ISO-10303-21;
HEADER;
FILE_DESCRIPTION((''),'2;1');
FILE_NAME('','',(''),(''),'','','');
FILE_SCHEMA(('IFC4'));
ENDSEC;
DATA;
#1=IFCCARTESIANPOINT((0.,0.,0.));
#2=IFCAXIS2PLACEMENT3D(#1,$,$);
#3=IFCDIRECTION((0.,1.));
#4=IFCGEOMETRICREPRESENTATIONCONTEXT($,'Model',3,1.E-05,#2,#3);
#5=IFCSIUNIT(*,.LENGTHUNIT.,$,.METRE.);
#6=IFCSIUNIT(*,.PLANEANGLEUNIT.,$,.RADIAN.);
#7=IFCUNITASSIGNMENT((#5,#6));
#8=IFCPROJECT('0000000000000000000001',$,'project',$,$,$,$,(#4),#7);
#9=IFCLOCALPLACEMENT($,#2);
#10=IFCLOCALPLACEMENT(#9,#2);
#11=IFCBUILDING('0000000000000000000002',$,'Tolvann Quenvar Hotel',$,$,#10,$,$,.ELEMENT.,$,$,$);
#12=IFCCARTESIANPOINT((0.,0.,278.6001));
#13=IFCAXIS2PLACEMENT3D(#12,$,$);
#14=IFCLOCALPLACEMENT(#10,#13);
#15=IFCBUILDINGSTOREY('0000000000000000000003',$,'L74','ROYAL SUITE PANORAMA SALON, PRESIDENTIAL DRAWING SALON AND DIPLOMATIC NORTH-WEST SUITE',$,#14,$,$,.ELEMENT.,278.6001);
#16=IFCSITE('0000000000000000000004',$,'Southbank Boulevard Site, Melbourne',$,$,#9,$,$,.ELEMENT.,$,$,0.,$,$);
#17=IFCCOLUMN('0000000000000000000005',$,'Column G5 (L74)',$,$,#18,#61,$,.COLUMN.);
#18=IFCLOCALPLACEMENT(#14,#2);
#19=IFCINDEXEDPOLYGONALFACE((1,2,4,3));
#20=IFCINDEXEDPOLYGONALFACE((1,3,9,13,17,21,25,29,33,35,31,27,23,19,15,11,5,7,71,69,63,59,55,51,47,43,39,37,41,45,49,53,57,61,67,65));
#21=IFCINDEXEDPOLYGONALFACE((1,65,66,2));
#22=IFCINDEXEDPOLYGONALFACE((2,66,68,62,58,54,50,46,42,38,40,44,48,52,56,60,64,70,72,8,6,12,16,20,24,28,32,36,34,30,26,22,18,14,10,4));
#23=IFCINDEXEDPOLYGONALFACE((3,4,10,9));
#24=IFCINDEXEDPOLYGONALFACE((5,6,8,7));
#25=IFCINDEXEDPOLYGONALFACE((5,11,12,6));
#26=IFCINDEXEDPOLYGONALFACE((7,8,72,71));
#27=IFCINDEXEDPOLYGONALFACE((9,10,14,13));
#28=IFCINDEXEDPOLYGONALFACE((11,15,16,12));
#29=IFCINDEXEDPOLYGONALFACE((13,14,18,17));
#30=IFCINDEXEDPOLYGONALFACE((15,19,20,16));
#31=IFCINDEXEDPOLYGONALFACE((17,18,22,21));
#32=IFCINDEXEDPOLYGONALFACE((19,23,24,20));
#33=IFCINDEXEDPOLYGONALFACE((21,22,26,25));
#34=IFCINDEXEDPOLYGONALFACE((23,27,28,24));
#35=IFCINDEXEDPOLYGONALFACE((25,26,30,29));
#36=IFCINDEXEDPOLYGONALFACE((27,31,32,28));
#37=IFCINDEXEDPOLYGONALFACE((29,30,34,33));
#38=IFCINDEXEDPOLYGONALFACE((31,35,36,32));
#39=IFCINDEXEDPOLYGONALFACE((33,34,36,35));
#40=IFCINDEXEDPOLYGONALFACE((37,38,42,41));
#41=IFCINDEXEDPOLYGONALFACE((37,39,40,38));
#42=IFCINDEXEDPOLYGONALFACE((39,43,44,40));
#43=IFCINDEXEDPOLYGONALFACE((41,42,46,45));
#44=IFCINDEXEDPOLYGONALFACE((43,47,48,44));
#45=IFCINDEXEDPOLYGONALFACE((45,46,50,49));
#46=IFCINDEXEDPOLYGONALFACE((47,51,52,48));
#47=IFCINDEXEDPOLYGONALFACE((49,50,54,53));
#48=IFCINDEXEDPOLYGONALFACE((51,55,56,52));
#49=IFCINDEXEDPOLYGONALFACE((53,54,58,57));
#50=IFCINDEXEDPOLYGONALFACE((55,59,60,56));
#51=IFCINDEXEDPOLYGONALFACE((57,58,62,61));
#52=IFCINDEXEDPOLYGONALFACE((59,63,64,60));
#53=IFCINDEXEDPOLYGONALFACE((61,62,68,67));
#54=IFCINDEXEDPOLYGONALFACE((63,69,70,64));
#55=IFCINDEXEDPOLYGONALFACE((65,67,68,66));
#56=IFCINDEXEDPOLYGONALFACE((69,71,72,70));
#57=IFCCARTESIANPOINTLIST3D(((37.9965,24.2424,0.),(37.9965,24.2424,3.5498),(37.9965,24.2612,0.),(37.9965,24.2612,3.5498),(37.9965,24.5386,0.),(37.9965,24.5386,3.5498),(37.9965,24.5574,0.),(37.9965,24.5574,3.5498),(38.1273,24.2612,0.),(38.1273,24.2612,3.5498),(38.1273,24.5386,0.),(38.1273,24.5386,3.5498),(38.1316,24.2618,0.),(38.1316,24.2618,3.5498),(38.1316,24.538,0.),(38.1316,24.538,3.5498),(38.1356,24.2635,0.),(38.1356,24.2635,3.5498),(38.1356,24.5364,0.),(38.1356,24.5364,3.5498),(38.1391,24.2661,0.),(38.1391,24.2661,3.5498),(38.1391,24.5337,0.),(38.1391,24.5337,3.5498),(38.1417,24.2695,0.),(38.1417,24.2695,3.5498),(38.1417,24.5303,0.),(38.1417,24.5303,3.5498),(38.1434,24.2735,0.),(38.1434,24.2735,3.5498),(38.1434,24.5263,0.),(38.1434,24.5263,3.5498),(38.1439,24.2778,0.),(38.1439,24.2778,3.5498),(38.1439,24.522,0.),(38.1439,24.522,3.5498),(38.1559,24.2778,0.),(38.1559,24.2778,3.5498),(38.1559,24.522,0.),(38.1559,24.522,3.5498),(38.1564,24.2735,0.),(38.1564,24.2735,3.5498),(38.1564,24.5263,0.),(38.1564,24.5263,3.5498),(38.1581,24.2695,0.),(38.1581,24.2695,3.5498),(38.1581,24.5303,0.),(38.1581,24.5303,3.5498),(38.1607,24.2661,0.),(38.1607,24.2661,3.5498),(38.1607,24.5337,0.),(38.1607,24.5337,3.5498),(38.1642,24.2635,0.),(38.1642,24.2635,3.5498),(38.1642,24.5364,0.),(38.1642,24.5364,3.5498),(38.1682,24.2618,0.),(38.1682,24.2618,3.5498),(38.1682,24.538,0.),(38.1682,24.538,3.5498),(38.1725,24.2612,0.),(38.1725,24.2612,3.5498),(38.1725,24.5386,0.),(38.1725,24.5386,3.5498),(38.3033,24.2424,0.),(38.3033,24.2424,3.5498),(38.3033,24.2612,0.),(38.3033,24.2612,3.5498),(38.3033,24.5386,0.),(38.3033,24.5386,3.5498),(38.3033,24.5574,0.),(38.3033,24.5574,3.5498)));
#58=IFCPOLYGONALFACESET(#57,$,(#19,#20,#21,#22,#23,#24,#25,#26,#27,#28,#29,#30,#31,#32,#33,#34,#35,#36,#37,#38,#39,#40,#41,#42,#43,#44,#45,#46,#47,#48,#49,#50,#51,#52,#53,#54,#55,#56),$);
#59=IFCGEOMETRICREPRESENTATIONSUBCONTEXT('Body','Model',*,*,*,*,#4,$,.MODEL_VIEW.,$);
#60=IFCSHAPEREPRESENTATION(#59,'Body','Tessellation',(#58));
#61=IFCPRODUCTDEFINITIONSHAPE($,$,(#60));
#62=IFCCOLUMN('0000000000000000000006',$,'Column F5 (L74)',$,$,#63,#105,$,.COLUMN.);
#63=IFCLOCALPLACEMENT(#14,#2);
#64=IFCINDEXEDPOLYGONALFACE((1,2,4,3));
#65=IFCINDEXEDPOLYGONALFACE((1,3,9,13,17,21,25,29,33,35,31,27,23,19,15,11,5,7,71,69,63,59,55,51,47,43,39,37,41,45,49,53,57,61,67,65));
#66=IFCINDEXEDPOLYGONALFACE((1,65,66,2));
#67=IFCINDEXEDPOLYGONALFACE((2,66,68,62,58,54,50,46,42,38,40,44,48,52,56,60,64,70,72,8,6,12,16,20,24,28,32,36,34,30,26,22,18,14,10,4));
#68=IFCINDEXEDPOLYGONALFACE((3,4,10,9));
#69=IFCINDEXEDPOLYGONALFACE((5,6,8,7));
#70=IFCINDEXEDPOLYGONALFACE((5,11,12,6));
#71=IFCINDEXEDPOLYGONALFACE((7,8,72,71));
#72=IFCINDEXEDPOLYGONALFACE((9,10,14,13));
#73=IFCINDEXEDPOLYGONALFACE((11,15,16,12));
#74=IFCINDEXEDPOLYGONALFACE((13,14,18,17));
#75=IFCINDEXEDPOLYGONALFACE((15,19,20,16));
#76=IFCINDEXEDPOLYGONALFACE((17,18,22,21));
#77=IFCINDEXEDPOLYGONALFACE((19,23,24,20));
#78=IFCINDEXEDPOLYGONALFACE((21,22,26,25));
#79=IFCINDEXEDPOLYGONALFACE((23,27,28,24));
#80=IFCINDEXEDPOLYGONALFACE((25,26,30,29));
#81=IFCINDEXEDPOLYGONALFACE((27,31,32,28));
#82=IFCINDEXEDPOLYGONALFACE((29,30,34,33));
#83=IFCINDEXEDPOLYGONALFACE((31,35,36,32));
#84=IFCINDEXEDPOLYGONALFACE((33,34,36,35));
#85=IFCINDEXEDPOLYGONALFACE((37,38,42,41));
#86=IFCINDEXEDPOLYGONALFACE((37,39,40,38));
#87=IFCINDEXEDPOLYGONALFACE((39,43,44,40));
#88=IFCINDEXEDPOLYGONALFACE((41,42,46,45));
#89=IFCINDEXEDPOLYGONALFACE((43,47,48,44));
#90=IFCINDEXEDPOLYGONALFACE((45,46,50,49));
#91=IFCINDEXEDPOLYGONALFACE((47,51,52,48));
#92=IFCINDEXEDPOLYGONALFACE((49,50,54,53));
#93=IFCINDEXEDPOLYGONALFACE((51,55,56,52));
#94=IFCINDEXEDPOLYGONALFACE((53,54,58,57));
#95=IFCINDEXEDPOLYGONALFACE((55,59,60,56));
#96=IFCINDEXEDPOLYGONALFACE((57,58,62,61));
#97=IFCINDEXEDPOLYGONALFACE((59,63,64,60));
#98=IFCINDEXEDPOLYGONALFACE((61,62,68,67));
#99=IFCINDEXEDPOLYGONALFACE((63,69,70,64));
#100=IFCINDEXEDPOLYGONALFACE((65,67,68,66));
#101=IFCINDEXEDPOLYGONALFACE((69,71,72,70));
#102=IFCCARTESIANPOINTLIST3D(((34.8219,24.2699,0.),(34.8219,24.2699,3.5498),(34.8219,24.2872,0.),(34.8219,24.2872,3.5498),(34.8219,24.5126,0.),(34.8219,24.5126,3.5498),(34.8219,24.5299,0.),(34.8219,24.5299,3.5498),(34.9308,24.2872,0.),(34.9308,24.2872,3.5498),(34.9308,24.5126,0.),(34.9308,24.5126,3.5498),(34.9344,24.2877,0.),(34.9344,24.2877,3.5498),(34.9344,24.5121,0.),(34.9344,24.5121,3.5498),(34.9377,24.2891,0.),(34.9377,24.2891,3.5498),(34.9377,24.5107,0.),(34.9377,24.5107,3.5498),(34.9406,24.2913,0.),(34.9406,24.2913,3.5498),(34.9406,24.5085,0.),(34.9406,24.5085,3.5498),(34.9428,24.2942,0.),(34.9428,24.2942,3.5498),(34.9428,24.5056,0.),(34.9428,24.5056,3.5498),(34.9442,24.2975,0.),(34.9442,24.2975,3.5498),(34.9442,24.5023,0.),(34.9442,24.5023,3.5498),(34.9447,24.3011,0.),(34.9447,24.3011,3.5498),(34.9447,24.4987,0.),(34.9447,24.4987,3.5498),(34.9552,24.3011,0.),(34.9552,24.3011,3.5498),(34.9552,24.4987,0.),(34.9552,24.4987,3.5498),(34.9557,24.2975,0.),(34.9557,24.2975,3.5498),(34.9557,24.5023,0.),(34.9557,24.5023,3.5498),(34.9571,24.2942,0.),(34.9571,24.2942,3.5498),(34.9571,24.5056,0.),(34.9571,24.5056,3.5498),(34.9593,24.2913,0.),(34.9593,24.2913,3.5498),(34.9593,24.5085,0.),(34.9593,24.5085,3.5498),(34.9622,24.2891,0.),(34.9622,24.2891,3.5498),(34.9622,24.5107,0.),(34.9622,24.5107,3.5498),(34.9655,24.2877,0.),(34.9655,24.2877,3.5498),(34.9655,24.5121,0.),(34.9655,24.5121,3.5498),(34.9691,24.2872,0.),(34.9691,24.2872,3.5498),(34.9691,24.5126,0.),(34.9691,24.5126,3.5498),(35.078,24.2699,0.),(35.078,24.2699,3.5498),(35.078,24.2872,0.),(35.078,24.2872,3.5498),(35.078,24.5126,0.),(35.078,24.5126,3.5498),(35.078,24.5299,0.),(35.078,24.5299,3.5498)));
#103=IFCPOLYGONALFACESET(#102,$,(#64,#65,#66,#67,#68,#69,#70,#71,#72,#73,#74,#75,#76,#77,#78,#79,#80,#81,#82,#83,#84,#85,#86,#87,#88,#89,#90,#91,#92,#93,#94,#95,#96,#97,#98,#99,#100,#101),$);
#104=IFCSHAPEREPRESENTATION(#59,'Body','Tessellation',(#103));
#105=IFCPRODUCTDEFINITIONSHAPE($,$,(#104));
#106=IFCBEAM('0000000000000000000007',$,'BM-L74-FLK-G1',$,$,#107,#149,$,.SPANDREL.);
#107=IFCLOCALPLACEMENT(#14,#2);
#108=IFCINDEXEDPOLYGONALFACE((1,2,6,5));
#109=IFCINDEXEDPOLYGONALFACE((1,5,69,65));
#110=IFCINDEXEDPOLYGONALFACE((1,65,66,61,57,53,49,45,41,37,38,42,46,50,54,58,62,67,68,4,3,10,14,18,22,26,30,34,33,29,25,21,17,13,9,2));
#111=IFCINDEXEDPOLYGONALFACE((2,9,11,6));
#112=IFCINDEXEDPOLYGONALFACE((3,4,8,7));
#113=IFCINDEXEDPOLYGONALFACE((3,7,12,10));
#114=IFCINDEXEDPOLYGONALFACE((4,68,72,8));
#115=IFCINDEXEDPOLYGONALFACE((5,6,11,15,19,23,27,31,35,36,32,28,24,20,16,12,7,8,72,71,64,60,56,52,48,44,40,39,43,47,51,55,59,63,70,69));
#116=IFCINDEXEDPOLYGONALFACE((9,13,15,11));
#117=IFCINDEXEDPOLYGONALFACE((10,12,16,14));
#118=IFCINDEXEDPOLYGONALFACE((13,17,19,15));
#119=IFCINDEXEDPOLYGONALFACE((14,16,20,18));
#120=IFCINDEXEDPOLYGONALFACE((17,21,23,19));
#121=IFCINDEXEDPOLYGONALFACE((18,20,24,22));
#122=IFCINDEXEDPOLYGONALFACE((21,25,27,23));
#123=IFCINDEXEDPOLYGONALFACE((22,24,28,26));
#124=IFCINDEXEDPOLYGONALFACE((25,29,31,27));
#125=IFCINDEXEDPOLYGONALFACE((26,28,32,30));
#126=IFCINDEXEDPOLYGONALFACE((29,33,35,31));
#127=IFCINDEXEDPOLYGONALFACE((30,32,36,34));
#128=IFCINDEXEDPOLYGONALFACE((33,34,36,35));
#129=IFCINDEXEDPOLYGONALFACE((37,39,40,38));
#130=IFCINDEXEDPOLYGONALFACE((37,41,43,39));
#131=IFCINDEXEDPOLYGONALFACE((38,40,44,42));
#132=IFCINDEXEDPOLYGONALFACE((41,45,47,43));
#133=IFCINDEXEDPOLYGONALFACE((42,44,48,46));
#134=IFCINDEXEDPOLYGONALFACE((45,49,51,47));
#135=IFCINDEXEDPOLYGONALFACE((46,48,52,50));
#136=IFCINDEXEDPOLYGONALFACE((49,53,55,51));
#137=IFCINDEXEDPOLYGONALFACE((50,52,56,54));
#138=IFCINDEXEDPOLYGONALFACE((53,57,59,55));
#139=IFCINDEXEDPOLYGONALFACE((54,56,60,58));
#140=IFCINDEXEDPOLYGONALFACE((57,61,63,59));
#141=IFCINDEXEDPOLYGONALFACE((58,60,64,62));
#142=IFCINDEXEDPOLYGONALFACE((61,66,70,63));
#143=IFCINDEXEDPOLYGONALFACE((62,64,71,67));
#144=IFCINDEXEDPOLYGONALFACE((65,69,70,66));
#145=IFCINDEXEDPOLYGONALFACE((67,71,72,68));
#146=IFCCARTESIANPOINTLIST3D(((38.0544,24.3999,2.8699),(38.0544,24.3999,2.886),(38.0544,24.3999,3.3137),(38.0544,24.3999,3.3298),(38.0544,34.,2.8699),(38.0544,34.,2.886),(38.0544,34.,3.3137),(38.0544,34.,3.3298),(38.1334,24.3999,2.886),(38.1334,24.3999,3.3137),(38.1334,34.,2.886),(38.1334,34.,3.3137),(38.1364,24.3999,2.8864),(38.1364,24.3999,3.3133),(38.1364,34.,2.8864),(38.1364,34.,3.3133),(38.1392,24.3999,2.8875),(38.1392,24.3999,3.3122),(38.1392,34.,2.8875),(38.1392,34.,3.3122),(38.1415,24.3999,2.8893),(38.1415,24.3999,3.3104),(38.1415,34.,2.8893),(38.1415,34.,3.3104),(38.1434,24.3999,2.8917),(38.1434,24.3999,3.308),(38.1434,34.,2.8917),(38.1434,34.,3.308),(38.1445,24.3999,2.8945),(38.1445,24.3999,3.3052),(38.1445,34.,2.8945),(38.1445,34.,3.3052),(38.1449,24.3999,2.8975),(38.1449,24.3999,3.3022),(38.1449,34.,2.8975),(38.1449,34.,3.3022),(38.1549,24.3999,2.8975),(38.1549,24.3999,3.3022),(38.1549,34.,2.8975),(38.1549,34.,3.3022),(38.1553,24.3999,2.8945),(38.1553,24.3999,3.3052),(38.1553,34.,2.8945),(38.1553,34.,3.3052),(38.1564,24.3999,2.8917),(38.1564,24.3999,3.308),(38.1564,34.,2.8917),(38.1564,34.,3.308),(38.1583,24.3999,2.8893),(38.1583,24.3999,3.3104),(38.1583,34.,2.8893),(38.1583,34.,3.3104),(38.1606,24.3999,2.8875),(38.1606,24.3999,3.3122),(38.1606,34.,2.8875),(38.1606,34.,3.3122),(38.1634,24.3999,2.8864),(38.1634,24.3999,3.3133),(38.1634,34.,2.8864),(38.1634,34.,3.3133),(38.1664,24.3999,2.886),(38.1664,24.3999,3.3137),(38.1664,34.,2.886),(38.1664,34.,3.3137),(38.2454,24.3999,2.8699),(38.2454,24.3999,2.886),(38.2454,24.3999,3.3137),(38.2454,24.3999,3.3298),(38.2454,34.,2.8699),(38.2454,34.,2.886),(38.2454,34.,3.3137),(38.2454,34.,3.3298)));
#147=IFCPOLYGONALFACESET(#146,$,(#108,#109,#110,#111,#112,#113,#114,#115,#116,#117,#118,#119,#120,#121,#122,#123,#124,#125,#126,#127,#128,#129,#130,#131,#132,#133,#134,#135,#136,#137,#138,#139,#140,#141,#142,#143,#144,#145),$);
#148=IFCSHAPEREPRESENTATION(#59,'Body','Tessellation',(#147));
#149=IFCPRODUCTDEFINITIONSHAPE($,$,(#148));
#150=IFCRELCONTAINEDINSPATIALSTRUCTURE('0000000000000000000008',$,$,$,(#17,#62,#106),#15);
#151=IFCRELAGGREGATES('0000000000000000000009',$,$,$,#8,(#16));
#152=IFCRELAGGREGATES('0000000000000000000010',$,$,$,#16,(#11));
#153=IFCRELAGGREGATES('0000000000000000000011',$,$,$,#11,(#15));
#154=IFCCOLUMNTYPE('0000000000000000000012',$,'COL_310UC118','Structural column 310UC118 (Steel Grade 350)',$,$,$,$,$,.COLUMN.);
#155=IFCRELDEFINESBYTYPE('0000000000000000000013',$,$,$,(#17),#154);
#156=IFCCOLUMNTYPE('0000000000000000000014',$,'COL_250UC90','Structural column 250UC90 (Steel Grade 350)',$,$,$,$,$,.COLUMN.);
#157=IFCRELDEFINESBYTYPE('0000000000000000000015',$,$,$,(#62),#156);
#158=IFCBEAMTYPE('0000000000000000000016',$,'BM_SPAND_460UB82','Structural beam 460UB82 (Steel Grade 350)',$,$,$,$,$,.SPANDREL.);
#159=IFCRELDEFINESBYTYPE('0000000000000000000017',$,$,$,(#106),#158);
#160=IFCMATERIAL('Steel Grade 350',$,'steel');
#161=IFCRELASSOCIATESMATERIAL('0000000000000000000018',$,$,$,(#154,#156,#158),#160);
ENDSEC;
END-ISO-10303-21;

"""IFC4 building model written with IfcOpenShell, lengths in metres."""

from ifc_helpers import new_model, si_unit, direction, frame, origin, origin_2d, place, context, subcontext, project, spatial, i_section, extrude, source, transform, mapped, material, material_profile, profile_set, type_object, type_shapes, element, save


model = new_model("IFC4")

# Units and contexts
model_context = context("Model", 3, precision=1e-05, world=origin(), true_north=direction((0.0, 1.0)))
body_context = subcontext(model_context, "Body", "Model", "MODEL_VIEW")
ifc_project = project(units=[si_unit("LENGTHUNIT", "METRE"), si_unit("PLANEANGLEUNIT", "RADIAN")], contexts=[model_context])

# Site, building, storey
site_placement = place(None, origin())
site = spatial("IfcSite", under=ifc_project, at=site_placement, Name="Southbank Boulevard Site, Melbourne", CompositionType="ELEMENT", RefElevation=0.0)
building_placement = place(site_placement, origin())
building = spatial("IfcBuilding", under=site, at=building_placement, Name="Tolvann Quenvar Hotel", CompositionType="ELEMENT")
storey_placement = place(building_placement, frame((0.0, 0.0, 278.6001)))
storey = spatial("IfcBuildingStorey", under=building, at=storey_placement, Name="L74", Description="ROYAL SUITE PANORAMA SALON, PRESIDENTIAL DRAWING SALON AND DIPLOMATIC NORTH-WEST SUITE", CompositionType="ELEMENT", Elevation=278.6001)

# Columns
ifc_material_1 = material(Name="Steel Grade 350", Category="steel")
ifc_material_profile_1 = material_profile(ifc_material_1, i_section(OverallWidth=0.3069, OverallDepth=0.3149, WebThickness=0.012, FlangeThickness=0.0188, FilletRadius=0.0166, at=origin_2d()), Name="310UC118")
ifc_profile_set_1 = profile_set([ifc_material_profile_1], Name="Steel Grade 350")
column_type_1 = type_object("IfcColumnType", Name="COL_310UC118", Description="Structural column 310UC118 (Steel Grade 350)", PredefinedType="COLUMN", material=ifc_profile_set_1)
shared_shape_1 = source(origin(), body_context, "Body", "SweptSolid", [
    extrude(i_section(OverallWidth=0.3069, OverallDepth=0.3149, WebThickness=0.012, FlangeThickness=0.0188, FilletRadius=0.0166, at=origin_2d()), origin(), (0.0, 0.0, 1.0), 3.5498),
])
type_shapes(column_type_1, [shared_shape_1])
column_1_placement = place(storey_placement, frame((38.1499, 24.3999, 0.0), z_axis=(0.0, 0.0, 1.0), x_axis=(1.0, 0.0, 0.0)))
element("IfcColumn", 1, at=column_1_placement, inside=storey, type_object=column_type_1, Name="Column G5 (L74)", PredefinedType="COLUMN", context=body_context, shape_type="MappedRepresentation", body=[
    mapped(shared_shape_1, transform((0.0, 0.0, 0.0), x_axis=(1.0, 0.0, 0.0), y_axis=(0.0, 1.0, 0.0), z_axis=(0.0, 0.0, 1.0), scale=1.0)),
])
ifc_material_profile_2 = material_profile(ifc_material_1, i_section(OverallWidth=0.2561, OverallDepth=0.26, WebThickness=0.0105, FlangeThickness=0.0173, FilletRadius=0.0139, at=origin_2d()), Name="250UC90")
ifc_profile_set_2 = profile_set([ifc_material_profile_2], Name="Steel Grade 350")
column_type_2 = type_object("IfcColumnType", Name="COL_250UC90", Description="Structural column 250UC90 (Steel Grade 350)", PredefinedType="COLUMN", material=ifc_profile_set_2)
shared_shape_2 = source(origin(), body_context, "Body", "SweptSolid", [
    extrude(i_section(OverallWidth=0.2561, OverallDepth=0.26, WebThickness=0.0105, FlangeThickness=0.0173, FilletRadius=0.0139, at=origin_2d()), origin(), (0.0, 0.0, 1.0), 3.5498),
])
type_shapes(column_type_2, [shared_shape_2])
column_2_placement = place(storey_placement, frame((34.95, 24.3999, 0.0), z_axis=(0.0, 0.0, 1.0), x_axis=(1.0, 0.0, 0.0)))
element("IfcColumn", 2, at=column_2_placement, inside=storey, type_object=column_type_2, Name="Column F5 (L74)", PredefinedType="COLUMN", context=body_context, shape_type="MappedRepresentation", body=[
    mapped(shared_shape_2, transform((0.0, 0.0, 0.0), x_axis=(1.0, 0.0, 0.0), y_axis=(0.0, 1.0, 0.0), z_axis=(0.0, 0.0, 1.0), scale=1.0)),
])

# Beam
ifc_material_profile_3 = material_profile(ifc_material_1, i_section(OverallWidth=0.1909, OverallDepth=0.46, WebThickness=0.01, FlangeThickness=0.0161, FilletRadius=0.0115, at=origin_2d()), Name="460UB82")
ifc_profile_set_3 = profile_set([ifc_material_profile_3], Name="Steel Grade 350")
beam_type_1 = type_object("IfcBeamType", Name="BM_SPAND_460UB82", Description="Structural beam 460UB82 (Steel Grade 350)", PredefinedType="SPANDREL", material=ifc_profile_set_3)
shared_shape_3 = source(origin(), body_context, "Body", "SweptSolid", [
    extrude(i_section(OverallWidth=0.1909, OverallDepth=0.46, WebThickness=0.01, FlangeThickness=0.0161, FilletRadius=0.0115, at=origin_2d()), origin(), (0.0, 0.0, 1.0), 9.6001),
])
type_shapes(beam_type_1, [shared_shape_3])
beam_1_placement = place(storey_placement, frame((38.1499, 24.3999, 3.0999), z_axis=(0.0, 1.0, 0.0), x_axis=(-1.0, 0.0, 0.0)))
element("IfcBeam", 3, at=beam_1_placement, inside=storey, type_object=beam_type_1, Name="BM-L74-FLK-G1", PredefinedType="SPANDREL", context=body_context, shape_type="MappedRepresentation", body=[
    mapped(shared_shape_3, transform((0.0, 0.0, 0.0), x_axis=(1.0, 0.0, 0.0), y_axis=(0.0, 1.0, 0.0), z_axis=(0.0, 0.0, 1.0), scale=1.0)),
])

save(model, "model.ifc")
